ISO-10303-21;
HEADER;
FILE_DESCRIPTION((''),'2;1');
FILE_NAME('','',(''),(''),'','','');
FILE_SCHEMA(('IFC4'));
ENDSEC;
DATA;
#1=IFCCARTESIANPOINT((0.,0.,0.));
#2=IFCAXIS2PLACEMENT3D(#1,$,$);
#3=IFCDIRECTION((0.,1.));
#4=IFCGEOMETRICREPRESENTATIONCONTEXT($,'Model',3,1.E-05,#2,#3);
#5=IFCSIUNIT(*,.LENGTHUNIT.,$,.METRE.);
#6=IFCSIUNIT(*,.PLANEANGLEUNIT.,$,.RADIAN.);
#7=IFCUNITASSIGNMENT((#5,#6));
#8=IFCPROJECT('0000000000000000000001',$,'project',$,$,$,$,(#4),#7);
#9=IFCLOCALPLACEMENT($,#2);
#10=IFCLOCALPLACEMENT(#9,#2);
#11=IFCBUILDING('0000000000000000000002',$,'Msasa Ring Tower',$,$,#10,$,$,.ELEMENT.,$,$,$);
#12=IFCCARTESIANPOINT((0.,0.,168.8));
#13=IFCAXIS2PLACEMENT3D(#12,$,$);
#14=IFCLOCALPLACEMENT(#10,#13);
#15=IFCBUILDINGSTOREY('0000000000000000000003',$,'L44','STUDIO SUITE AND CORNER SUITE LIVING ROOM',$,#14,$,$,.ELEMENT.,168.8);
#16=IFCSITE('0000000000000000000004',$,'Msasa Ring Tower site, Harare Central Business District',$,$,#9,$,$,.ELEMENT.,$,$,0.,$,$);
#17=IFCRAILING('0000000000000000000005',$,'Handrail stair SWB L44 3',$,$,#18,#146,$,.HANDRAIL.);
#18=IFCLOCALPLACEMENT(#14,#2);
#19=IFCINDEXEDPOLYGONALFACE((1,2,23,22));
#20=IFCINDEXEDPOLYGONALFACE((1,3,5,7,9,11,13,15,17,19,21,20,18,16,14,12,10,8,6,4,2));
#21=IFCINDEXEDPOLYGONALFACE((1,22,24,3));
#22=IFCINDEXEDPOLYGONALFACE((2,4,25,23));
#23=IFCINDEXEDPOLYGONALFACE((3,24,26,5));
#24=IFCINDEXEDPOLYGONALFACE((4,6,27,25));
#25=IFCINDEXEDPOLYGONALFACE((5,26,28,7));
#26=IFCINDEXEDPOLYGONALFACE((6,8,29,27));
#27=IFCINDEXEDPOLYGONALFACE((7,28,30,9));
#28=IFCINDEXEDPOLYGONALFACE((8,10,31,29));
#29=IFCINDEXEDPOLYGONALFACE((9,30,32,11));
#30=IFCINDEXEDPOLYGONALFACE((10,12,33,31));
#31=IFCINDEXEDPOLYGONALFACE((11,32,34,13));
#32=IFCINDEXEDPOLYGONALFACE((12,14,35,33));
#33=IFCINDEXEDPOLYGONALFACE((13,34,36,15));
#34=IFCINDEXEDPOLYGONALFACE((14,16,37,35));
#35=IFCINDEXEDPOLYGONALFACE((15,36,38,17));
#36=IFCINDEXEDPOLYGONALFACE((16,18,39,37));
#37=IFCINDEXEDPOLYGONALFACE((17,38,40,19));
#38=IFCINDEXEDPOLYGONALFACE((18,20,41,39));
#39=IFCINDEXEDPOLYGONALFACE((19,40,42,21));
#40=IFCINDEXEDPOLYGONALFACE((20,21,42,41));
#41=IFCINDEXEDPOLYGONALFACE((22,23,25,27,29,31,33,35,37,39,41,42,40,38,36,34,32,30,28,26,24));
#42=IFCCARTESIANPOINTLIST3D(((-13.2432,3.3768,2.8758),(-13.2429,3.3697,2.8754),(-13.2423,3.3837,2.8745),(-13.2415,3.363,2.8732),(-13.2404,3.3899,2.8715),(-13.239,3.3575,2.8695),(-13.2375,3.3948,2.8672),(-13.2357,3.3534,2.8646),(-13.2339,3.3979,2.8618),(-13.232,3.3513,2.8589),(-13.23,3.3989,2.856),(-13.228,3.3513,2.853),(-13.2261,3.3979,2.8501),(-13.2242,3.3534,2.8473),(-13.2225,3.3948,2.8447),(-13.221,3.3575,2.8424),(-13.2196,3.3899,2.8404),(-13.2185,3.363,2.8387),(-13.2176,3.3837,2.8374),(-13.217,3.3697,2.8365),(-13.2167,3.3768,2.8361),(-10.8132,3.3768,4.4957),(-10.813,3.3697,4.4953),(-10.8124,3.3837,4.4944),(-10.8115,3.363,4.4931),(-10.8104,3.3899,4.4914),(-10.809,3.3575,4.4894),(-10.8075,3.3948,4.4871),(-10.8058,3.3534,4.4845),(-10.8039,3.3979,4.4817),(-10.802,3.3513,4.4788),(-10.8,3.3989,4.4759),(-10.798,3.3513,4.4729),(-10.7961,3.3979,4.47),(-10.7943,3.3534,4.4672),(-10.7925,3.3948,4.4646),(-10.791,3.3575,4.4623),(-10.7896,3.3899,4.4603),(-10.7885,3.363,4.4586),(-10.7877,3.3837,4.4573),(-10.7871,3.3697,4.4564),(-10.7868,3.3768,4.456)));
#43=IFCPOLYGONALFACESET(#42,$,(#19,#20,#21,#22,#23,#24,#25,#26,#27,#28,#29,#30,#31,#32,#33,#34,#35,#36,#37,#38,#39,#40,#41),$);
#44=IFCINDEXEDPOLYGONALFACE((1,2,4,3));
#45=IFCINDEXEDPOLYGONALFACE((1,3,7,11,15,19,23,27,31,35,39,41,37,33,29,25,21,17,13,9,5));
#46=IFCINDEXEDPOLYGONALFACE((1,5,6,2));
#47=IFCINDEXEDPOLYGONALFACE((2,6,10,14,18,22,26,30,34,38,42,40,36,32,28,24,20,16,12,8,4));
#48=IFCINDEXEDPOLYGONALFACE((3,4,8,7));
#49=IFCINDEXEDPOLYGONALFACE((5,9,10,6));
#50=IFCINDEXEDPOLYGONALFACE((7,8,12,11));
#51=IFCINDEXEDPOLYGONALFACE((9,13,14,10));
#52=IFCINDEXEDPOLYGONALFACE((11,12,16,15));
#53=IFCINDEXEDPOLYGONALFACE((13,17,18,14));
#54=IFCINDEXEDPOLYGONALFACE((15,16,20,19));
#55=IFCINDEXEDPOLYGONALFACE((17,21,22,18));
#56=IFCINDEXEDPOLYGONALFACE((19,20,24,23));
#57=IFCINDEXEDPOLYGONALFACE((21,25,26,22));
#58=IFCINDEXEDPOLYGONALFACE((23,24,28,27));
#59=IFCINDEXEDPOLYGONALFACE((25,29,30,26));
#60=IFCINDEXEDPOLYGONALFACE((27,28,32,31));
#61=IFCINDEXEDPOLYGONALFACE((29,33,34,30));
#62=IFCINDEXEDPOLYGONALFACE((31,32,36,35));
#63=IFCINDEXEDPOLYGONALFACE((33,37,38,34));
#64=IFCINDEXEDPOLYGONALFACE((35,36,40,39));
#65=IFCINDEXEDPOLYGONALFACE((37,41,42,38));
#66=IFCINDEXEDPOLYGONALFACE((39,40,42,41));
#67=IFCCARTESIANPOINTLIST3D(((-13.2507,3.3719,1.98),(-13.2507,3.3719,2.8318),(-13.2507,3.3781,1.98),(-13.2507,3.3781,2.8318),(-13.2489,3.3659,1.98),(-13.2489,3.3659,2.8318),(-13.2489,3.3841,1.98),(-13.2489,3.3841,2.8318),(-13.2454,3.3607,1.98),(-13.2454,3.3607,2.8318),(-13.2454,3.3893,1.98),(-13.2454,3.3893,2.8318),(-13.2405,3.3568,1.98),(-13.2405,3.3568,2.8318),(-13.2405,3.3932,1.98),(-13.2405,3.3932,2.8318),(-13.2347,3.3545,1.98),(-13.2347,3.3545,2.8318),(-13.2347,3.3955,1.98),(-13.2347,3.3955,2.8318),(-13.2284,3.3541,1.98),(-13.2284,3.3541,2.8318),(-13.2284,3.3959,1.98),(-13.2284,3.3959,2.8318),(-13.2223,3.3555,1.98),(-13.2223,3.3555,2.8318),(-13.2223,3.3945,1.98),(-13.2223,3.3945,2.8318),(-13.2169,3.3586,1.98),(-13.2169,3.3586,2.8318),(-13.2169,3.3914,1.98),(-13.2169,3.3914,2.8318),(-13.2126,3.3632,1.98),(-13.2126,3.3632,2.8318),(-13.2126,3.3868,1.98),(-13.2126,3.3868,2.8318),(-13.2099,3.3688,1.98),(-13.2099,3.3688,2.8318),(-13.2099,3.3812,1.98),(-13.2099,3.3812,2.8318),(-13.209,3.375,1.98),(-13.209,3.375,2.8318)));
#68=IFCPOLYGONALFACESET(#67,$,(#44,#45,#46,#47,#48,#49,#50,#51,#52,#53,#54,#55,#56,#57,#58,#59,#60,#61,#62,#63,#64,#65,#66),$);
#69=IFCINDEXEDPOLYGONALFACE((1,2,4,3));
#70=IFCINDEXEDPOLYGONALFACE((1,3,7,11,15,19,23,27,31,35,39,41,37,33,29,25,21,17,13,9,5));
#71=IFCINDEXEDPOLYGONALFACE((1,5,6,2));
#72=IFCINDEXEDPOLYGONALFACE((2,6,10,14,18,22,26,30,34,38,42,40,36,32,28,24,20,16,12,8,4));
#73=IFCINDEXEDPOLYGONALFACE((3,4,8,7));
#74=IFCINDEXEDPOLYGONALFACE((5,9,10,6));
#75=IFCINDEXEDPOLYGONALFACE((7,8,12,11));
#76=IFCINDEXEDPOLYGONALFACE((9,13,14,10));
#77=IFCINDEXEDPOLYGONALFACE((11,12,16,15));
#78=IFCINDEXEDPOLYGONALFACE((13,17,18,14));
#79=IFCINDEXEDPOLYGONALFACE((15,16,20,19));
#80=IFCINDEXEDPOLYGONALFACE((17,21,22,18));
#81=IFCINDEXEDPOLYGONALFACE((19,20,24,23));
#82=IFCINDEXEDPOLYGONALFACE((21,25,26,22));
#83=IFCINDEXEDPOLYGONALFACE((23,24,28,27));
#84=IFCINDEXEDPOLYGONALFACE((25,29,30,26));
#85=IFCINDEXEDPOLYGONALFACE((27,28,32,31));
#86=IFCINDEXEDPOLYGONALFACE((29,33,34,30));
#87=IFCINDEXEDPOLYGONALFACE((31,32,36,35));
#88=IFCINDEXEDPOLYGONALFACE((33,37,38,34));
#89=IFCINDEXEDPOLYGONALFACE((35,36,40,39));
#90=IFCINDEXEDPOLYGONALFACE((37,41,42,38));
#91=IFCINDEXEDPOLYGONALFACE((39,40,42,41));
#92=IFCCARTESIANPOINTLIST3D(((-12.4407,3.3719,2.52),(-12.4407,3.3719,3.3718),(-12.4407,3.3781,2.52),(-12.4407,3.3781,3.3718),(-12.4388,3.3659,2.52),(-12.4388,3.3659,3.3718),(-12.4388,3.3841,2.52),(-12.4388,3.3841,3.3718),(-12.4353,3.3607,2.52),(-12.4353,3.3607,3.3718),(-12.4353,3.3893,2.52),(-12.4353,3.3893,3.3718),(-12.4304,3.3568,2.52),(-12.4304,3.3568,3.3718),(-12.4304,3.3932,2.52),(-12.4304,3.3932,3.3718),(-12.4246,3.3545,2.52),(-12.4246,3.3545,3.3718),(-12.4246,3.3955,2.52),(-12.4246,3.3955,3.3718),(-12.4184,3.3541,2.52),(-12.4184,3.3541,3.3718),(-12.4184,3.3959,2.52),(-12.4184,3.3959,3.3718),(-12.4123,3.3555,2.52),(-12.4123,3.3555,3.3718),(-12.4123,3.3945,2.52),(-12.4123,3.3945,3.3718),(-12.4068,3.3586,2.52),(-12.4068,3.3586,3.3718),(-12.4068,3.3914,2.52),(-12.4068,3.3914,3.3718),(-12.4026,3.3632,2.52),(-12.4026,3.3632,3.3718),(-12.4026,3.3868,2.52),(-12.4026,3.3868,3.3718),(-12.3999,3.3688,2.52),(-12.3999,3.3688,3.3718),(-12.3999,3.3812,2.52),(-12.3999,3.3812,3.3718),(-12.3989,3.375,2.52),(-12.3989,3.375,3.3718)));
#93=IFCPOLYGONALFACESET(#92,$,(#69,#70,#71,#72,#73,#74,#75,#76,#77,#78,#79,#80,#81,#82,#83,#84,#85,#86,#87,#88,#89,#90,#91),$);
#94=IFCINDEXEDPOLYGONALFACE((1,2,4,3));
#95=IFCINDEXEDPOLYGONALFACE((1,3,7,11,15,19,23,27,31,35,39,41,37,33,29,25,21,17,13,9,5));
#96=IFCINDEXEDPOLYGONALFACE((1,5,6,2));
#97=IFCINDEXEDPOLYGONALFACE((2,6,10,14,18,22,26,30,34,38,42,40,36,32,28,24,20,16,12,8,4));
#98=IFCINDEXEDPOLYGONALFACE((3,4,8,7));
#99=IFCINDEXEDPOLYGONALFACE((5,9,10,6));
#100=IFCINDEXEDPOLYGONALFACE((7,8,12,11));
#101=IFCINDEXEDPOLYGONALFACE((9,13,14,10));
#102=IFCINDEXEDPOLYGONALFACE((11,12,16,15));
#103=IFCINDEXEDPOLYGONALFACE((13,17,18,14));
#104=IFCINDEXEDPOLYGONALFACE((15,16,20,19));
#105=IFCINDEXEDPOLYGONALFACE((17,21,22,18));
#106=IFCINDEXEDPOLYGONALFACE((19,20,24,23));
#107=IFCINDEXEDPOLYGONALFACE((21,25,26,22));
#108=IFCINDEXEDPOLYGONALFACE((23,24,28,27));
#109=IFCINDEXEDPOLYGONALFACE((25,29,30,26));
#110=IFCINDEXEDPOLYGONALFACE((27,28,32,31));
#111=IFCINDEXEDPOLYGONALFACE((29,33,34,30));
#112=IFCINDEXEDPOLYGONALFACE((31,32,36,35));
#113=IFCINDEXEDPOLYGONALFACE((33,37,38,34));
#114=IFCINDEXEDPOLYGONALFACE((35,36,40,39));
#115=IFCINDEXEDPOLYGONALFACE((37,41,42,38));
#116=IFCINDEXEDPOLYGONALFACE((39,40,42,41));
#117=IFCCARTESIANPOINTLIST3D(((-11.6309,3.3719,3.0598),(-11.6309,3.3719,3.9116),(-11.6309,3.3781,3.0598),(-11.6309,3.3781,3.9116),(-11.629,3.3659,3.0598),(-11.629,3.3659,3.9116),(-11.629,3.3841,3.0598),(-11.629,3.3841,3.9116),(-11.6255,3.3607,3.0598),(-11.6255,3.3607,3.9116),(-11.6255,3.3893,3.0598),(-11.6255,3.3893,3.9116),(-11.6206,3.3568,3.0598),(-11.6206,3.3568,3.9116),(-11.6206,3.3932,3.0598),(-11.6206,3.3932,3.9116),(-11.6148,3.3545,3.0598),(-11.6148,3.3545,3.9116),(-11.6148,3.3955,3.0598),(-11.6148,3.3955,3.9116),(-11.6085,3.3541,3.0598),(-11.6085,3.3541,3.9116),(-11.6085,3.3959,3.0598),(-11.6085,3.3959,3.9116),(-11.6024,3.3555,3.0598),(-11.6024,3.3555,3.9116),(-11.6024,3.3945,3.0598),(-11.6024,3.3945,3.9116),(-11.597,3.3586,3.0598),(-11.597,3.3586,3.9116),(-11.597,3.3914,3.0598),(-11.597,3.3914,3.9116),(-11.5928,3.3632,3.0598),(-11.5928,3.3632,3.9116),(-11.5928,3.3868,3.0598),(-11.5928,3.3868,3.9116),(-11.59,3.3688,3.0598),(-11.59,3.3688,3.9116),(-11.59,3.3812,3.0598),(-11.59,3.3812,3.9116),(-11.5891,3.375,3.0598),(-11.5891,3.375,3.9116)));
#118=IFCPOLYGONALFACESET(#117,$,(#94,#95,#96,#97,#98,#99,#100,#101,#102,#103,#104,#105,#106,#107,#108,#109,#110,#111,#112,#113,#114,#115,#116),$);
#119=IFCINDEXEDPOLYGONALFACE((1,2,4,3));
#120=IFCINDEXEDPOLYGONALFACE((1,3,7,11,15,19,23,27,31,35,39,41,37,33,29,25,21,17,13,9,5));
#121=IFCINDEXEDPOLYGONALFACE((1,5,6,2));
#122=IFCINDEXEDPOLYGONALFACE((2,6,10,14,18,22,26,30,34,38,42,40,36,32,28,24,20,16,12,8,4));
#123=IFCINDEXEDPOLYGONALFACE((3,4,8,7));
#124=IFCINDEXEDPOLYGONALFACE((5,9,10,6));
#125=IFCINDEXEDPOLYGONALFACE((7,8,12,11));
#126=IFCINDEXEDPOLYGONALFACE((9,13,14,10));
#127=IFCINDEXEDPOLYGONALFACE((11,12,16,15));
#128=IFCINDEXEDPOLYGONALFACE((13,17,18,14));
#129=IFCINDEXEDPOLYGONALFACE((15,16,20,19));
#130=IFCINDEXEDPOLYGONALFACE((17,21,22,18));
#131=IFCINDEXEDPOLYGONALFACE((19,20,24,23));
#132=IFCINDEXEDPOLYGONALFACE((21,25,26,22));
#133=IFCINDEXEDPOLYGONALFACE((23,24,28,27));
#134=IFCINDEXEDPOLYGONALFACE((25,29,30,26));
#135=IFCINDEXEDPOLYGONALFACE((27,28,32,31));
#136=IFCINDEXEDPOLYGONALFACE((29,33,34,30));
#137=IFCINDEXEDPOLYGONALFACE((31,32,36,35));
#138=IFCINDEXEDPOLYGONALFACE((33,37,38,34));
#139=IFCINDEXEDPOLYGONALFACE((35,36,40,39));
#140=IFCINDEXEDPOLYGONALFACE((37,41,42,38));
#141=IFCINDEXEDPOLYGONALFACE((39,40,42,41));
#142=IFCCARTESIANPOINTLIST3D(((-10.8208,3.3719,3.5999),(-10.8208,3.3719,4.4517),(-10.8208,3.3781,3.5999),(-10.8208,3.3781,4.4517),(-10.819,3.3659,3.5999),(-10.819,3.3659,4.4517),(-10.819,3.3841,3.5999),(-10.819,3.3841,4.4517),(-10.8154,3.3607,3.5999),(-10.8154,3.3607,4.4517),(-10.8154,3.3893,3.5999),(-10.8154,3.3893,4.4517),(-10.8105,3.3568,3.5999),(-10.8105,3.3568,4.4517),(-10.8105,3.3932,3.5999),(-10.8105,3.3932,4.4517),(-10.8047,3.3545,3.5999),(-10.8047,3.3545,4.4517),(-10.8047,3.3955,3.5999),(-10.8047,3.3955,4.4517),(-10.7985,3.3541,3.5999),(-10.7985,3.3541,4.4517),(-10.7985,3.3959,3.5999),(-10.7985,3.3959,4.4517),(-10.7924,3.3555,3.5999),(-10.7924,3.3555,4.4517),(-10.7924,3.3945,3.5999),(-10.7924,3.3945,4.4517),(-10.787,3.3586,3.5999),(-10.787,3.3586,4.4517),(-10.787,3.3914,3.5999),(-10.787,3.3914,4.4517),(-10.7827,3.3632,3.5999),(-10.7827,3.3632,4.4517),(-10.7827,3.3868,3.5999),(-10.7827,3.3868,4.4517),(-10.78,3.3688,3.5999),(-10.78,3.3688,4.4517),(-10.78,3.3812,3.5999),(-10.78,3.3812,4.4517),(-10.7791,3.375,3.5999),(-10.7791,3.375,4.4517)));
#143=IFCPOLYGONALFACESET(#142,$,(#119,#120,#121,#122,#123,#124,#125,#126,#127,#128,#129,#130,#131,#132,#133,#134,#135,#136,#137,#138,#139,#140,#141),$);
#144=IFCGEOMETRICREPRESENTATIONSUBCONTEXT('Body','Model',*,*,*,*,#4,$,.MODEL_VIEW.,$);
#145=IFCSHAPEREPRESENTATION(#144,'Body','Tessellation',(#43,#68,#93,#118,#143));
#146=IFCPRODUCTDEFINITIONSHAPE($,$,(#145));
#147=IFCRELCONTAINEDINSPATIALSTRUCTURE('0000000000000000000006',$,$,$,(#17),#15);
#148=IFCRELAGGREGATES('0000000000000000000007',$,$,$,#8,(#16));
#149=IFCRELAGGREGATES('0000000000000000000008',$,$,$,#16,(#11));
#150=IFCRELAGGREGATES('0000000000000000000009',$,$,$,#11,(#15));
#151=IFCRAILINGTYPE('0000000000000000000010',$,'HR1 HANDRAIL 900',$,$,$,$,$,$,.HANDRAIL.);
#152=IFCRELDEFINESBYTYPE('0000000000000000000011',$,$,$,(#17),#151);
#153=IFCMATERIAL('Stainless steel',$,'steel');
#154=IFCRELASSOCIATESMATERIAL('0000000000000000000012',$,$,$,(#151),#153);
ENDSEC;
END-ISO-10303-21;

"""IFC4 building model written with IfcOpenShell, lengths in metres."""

from ifc_helpers import new_model, si_unit, direction, frame, origin, origin_2d, place, context, subcontext, project, spatial, circle, extrude, material, type_object, element, save


model = new_model("IFC4")

# Units and contexts
model_context = context("Model", 3, precision=1e-05, world=origin(), true_north=direction((0.0, 1.0)))
body_context = subcontext(model_context, "Body", "Model", "MODEL_VIEW")
ifc_project = project(units=[si_unit("LENGTHUNIT", "METRE"), si_unit("PLANEANGLEUNIT", "RADIAN")], contexts=[model_context])

# Site, building, storey
site_placement = place(None, origin())
site = spatial("IfcSite", under=ifc_project, at=site_placement, Name="Msasa Ring Tower site, Harare Central Business District", CompositionType="ELEMENT", RefElevation=0.0)
building_placement = place(site_placement, origin())
building = spatial("IfcBuilding", under=site, at=building_placement, Name="Msasa Ring Tower", CompositionType="ELEMENT")
storey_placement = place(building_placement, frame((0.0, 0.0, 168.8)))
storey = spatial("IfcBuildingStorey", under=building, at=storey_placement, Name="L44", Description="STUDIO SUITE AND CORNER SUITE LIVING ROOM", CompositionType="ELEMENT", Elevation=168.8)

# Railing
ifc_material_1 = material(Name="Stainless steel", Category="steel")
railing_type = type_object("IfcRailingType", Name="HR1 HANDRAIL 900", PredefinedType="HANDRAIL", material=ifc_material_1)
for number, where, name in (
    (1, (-13.23, 3.375, 1.98), "Handrail stair SWB L44 3"),
):
    element("IfcRailing", number, at=place(storey_placement, frame(where)), inside=storey, type_object=railing_type, Name=name, PredefinedType="HANDRAIL", context=body_context, shape_type="SweptSolid", body=[
        extrude(circle(Radius=0.0239, at=origin_2d()), frame((0.0, 0.0, 0.876), z_axis=(0.832063, 0.0, 0.554681), x_axis=(0.0, 1.0, 0.0)), (0.0, 0.0, 1.0), 2.9204),
        extrude(circle(Radius=0.021, at=origin_2d()), origin(), (0.0, 0.0, 1.0), 0.8518),
        extrude(circle(Radius=0.021, at=origin_2d()), frame((0.8101, 0.0, 0.54)), (0.0, 0.0, 1.0), 0.8518),
        extrude(circle(Radius=0.021, at=origin_2d()), frame((1.6199, 0.0, 1.0798)), (0.0, 0.0, 1.0), 0.8518),
        extrude(circle(Radius=0.021, at=origin_2d()), frame((2.4299, 0.0, 1.6199)), (0.0, 0.0, 1.0), 0.8518),
    ])

save(model, "model.ifc")
